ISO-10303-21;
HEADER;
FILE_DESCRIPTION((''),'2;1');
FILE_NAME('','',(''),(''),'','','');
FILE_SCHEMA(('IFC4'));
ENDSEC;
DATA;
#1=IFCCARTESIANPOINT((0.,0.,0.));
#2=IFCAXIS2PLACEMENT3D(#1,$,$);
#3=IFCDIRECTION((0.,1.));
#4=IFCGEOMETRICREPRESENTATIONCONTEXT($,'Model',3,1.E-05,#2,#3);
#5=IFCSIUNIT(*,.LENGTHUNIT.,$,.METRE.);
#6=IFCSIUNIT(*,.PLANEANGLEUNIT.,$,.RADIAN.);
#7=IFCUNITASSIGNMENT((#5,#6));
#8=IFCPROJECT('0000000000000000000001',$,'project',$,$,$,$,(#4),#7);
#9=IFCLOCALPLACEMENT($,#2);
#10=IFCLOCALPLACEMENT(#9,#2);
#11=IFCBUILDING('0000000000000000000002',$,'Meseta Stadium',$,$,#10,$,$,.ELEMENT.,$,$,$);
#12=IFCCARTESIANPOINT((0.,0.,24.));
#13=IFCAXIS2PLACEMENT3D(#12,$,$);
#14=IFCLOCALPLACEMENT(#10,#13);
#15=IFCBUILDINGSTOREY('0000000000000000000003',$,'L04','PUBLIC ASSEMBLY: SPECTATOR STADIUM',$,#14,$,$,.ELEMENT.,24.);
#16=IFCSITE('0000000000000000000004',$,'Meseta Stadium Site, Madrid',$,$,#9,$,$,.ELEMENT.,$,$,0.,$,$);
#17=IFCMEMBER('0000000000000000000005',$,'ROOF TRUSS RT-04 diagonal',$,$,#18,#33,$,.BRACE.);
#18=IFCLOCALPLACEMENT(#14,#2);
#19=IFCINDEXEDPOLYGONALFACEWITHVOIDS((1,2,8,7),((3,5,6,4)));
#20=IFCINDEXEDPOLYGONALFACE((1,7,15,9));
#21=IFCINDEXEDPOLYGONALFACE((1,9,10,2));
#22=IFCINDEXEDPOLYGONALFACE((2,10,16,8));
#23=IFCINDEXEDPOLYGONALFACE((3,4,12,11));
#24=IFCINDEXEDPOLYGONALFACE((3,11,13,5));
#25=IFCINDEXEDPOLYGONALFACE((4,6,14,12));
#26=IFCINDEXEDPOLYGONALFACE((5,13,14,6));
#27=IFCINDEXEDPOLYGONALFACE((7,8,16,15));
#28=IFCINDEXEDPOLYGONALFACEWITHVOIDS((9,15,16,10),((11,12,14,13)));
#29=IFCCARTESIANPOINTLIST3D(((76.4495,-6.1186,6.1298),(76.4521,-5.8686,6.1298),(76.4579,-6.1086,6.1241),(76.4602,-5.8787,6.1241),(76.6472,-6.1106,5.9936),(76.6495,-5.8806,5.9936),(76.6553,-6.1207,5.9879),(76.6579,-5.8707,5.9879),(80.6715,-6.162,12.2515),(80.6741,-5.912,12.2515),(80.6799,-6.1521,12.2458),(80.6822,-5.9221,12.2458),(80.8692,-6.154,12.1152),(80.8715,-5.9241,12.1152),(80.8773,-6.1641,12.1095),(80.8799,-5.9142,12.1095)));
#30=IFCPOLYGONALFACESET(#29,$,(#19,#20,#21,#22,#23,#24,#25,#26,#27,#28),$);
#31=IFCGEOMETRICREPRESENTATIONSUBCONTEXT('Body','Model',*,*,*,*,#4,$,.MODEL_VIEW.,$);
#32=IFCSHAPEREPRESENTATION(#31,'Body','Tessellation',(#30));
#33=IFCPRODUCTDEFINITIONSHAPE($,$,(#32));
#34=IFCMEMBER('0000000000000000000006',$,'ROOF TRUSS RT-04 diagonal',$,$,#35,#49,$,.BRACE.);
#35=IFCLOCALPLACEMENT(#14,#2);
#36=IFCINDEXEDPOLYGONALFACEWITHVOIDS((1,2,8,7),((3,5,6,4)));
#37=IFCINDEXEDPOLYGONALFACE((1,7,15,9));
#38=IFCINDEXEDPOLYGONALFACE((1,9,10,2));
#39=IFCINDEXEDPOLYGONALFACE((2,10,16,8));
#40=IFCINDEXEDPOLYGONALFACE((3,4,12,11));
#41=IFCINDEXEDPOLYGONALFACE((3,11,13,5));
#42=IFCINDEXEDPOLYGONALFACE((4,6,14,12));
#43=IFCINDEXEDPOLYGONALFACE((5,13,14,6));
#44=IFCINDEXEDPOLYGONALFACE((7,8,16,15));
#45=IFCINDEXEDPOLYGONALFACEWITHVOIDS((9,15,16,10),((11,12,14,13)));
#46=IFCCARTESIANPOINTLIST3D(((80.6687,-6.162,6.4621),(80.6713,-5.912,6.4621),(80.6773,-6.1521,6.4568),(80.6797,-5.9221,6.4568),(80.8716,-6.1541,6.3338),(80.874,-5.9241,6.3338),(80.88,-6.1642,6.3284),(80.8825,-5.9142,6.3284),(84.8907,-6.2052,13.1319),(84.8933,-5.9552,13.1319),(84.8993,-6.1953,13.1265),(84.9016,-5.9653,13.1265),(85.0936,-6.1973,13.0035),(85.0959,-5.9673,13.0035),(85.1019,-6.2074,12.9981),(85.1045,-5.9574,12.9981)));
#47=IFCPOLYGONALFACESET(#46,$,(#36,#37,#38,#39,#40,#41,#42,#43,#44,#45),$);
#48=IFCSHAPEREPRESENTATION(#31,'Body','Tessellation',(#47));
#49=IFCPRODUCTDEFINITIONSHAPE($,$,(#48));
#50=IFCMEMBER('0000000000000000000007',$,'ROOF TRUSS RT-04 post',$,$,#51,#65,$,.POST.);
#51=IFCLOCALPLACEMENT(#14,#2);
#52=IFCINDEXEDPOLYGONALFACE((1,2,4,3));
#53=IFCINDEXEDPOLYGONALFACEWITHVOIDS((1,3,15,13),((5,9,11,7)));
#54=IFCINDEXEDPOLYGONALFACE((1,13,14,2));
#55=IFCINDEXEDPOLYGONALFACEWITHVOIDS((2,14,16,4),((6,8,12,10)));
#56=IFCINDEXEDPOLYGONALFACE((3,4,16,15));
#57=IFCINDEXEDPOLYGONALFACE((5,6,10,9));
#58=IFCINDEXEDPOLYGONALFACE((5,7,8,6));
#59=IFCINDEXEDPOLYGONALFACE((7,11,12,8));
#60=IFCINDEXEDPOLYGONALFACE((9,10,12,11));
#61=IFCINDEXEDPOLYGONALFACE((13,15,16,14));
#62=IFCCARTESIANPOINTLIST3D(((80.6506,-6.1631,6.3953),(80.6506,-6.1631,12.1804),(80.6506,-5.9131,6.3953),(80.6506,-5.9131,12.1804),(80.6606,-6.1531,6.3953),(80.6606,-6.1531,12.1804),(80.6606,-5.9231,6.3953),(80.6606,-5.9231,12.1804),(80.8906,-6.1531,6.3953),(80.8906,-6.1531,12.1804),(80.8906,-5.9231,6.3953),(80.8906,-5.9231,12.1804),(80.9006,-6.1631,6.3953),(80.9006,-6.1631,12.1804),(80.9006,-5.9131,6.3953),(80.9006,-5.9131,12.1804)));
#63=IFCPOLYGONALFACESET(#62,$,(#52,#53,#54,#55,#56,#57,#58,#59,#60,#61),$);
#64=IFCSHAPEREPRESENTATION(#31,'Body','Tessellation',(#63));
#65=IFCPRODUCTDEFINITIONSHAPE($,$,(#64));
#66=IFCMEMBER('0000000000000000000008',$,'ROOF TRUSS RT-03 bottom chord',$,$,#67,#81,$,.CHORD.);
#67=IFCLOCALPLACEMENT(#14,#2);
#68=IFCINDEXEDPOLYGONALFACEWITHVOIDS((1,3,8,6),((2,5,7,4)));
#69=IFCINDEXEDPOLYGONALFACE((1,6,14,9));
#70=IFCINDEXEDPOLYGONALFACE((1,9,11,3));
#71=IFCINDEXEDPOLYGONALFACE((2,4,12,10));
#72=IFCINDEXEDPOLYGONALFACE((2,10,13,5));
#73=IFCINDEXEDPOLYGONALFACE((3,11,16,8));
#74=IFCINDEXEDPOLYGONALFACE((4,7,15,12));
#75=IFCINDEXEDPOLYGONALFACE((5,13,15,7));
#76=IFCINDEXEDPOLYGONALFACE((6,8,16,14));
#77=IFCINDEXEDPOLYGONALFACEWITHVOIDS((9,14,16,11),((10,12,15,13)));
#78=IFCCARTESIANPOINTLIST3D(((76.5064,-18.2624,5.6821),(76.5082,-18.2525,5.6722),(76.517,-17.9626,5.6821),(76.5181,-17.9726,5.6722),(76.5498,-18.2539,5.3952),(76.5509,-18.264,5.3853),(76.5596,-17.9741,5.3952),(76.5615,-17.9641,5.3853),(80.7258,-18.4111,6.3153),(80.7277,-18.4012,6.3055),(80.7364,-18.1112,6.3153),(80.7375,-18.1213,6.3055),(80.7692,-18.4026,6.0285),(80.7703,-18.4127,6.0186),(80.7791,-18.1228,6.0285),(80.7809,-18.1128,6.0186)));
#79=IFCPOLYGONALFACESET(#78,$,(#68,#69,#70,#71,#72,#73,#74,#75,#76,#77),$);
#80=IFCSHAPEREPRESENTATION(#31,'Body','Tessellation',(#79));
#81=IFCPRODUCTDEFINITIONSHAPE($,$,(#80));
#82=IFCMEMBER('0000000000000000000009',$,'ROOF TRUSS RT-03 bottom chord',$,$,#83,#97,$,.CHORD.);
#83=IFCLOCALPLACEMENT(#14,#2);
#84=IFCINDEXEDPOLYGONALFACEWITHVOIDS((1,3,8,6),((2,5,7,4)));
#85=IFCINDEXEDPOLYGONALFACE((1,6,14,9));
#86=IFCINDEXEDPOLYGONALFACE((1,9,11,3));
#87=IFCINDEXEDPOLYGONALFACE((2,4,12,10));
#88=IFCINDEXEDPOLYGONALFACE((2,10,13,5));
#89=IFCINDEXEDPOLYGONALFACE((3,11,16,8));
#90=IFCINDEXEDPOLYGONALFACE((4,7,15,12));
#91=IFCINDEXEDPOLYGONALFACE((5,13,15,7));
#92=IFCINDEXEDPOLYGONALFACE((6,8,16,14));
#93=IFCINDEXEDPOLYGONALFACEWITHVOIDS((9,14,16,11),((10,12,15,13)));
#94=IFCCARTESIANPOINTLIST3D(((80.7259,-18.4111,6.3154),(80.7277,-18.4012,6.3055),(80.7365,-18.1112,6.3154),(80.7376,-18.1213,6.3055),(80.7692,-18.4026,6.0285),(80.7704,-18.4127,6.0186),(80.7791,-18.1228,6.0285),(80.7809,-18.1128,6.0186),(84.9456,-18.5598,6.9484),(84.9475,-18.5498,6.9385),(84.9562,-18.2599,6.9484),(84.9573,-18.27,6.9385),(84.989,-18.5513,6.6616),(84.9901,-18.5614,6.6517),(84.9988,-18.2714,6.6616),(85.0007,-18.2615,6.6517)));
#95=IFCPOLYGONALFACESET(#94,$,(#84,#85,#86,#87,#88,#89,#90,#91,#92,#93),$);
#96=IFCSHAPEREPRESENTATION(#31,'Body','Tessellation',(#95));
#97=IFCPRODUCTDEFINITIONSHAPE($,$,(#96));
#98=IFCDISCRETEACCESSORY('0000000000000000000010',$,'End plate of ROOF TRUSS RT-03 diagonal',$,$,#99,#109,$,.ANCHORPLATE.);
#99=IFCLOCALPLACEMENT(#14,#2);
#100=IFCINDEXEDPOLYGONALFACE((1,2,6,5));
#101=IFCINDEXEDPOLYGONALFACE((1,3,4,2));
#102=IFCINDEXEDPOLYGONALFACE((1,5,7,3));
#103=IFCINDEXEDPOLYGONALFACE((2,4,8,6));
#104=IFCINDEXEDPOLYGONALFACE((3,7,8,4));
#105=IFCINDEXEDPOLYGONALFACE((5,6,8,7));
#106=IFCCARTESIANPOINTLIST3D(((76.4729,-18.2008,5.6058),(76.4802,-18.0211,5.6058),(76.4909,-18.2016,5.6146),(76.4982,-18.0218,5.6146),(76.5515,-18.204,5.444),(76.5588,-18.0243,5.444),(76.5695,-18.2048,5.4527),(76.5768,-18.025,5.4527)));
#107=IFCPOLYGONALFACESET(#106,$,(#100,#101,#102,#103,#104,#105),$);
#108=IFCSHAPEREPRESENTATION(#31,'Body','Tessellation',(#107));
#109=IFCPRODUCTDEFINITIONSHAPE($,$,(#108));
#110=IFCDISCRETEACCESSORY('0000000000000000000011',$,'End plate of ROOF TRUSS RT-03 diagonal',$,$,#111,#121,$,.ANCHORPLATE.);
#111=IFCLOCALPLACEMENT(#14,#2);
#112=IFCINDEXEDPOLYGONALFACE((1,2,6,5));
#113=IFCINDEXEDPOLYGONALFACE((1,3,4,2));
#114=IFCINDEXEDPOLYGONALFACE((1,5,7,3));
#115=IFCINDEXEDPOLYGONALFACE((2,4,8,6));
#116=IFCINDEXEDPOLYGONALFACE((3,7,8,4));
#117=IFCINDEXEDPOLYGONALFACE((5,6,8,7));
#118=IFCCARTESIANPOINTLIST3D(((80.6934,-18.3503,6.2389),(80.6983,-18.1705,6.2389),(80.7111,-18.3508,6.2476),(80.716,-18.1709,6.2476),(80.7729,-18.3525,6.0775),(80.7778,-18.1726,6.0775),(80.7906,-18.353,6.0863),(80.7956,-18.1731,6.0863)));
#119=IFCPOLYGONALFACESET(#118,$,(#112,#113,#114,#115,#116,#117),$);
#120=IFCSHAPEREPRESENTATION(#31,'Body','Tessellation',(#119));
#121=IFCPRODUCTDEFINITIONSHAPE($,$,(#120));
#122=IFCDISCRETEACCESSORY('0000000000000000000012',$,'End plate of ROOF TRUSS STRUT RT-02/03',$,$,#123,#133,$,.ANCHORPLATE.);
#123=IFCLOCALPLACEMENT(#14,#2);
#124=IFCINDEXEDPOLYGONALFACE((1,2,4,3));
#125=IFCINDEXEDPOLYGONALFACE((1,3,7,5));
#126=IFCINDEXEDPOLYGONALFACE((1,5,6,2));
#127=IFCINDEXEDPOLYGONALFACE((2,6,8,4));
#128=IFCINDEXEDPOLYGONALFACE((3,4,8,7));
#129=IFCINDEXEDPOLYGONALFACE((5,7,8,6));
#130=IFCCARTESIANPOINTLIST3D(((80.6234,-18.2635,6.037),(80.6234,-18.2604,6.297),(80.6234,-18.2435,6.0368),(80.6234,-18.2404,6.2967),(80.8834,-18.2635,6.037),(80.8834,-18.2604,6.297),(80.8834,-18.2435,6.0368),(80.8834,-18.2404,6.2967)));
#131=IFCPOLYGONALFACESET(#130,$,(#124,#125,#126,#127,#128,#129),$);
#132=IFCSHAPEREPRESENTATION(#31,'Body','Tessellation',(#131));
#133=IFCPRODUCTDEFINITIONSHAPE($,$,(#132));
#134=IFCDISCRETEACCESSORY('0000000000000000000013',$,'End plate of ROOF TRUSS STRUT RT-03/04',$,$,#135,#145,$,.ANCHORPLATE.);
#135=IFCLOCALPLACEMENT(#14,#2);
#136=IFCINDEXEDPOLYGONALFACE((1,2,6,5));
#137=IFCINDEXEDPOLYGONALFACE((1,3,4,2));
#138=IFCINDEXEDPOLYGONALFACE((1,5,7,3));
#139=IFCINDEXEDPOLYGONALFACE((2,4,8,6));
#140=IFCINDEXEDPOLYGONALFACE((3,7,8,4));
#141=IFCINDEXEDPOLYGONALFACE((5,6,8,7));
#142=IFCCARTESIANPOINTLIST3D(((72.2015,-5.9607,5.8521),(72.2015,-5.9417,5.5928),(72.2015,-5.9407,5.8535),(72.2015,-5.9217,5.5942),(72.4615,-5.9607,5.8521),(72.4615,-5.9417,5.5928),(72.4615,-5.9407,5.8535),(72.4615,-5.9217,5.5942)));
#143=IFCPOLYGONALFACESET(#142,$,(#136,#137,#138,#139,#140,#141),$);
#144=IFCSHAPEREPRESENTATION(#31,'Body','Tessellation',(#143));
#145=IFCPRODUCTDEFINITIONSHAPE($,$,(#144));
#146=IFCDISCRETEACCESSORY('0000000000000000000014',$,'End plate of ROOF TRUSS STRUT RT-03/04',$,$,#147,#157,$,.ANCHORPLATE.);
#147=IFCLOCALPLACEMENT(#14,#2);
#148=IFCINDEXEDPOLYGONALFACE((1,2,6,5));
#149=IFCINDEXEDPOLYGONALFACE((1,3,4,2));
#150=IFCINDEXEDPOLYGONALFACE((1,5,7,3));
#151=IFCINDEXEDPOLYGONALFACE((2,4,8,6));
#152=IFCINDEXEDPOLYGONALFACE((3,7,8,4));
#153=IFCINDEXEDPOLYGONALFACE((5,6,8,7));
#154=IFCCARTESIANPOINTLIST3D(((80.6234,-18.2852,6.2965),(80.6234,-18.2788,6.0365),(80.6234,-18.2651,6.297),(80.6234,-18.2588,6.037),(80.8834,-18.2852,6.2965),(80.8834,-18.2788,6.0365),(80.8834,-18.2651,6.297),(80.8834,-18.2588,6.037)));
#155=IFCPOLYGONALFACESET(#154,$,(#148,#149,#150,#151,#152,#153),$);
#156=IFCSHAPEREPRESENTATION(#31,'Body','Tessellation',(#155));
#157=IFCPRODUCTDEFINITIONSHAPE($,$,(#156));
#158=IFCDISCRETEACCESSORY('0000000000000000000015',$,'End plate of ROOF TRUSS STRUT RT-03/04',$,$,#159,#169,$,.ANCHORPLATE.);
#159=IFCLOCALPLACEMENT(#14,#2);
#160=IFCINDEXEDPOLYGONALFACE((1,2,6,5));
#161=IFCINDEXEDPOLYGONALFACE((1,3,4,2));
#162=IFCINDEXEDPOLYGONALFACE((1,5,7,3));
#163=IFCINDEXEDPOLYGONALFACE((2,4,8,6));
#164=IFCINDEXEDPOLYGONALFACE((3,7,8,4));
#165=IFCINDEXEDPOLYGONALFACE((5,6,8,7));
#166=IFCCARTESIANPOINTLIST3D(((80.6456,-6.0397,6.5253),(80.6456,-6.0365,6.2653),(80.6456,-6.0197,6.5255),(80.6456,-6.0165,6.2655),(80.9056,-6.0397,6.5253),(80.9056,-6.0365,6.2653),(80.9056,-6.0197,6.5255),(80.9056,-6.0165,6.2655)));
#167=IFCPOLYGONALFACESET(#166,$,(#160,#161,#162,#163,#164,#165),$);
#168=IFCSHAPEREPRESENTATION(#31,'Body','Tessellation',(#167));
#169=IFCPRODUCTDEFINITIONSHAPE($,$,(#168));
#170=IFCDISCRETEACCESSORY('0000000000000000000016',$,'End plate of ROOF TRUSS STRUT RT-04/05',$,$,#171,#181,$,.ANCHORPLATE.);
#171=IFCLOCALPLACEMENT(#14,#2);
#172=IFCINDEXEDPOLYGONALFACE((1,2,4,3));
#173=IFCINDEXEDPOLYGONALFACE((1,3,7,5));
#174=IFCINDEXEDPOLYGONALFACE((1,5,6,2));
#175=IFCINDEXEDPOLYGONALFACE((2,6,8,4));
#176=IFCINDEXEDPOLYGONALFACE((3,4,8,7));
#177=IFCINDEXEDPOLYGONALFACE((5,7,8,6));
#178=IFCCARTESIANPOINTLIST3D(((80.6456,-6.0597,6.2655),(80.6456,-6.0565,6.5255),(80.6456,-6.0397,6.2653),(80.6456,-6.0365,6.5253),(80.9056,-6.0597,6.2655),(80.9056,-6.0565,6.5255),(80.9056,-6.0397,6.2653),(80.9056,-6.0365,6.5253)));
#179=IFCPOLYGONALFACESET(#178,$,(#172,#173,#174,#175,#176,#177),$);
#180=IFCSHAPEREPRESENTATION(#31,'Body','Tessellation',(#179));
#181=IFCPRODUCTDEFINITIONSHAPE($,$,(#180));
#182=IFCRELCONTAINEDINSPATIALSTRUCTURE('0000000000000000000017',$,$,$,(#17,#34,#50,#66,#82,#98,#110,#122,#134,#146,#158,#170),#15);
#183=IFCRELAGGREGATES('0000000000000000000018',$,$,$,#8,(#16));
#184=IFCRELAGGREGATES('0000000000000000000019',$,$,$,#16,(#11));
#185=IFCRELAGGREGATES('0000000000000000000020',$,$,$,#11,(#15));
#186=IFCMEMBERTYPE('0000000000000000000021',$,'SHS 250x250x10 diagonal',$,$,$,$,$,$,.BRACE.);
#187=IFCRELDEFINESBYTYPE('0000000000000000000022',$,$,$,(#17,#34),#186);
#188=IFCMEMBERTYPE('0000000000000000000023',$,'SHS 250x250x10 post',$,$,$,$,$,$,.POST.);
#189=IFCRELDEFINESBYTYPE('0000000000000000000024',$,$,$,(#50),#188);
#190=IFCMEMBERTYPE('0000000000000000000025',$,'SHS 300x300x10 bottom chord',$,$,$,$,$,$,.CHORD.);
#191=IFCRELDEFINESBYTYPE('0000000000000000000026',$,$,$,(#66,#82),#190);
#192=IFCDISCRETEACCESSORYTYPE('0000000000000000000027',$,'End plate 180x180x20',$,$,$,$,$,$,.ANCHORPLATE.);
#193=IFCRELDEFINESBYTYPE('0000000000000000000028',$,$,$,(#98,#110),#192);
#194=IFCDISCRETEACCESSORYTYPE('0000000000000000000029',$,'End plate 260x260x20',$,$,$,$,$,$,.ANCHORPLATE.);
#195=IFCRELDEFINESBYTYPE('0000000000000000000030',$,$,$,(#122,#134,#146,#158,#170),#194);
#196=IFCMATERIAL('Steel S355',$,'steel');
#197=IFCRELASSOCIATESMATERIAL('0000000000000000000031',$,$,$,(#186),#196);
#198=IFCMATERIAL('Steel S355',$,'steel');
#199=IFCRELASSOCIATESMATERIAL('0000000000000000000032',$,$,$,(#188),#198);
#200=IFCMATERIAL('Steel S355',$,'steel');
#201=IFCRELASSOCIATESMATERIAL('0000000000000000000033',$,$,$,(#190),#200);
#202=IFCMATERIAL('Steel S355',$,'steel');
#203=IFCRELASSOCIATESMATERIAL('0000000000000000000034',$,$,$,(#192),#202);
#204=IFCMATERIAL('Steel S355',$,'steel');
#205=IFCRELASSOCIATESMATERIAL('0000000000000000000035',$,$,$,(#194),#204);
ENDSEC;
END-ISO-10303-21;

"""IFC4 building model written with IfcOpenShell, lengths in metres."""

from ifc_helpers import new_model, si_unit, direction, frame, origin, origin_2d, place, context, subcontext, project, spatial, rectangle, hollow_rectangle, extrude, material, material_profile, profile_set, type_object, element, save


model = new_model("IFC4")

# Units and contexts
model_context = context("Model", 3, precision=1e-05, world=origin(), true_north=direction((0.0, 1.0)))
body_context = subcontext(model_context, "Body", "Model", "MODEL_VIEW")
ifc_project = project(units=[si_unit("LENGTHUNIT", "METRE"), si_unit("PLANEANGLEUNIT", "RADIAN")], contexts=[model_context])

# Site, building, storey
site_placement = place(None, origin())
site = spatial("IfcSite", under=ifc_project, at=site_placement, Name="Meseta Stadium Site, Madrid", CompositionType="ELEMENT", RefElevation=0.0)
building_placement = place(site_placement, origin())
building = spatial("IfcBuilding", under=site, at=building_placement, Name="Meseta Stadium", CompositionType="ELEMENT")
storey_placement = place(building_placement, frame((0.0, 0.0, 24.0)))
storey = spatial("IfcBuildingStorey", under=building, at=storey_placement, Name="L04", Description="PUBLIC ASSEMBLY: SPECTATOR STADIUM", CompositionType="ELEMENT", Elevation=24.0)

# Members
ifc_material_1 = material(Name="Steel S355", Category="steel")
ifc_material_profile_1 = material_profile(ifc_material_1, hollow_rectangle(XDim=0.25, YDim=0.25, WallThickness=0.01, at=origin_2d()), Name="SHS 250x250x10")
ifc_profile_set_1 = profile_set([ifc_material_profile_1], Name="Steel S355")
member_type_1 = type_object("IfcMemberType", Name="SHS 250x250x10 diagonal", PredefinedType="BRACE", material=ifc_profile_set_1)
member_1_placement = place(storey_placement, frame((76.5537, -5.9946, 6.0588), z_axis=(0.567736, -0.005844, 0.82319), x_axis=(0.010293, 0.999947, 0.0)))
element("IfcMember", 1, at=member_1_placement, inside=storey, type_object=member_type_1, Name="ROOF TRUSS RT-04 diagonal", PredefinedType="BRACE", context=body_context, shape_type="SweptSolid", body=[
    extrude(hollow_rectangle(XDim=0.25, YDim=0.25, WallThickness=0.01, at=origin_2d()), origin(), (0.0, 0.0, 1.0), 7.4365),
])
member_2_placement = place(storey_placement, frame((80.7756, -6.0381, 6.3953), z_axis=(0.534845, -0.005474, 0.844933), x_axis=(0.010235, 0.999948, 0.0)))
element("IfcMember", 2, at=member_2_placement, inside=storey, type_object=member_type_1, Name="ROOF TRUSS RT-04 diagonal", PredefinedType="BRACE", context=body_context, shape_type="SweptSolid", body=[
    extrude(hollow_rectangle(XDim=0.25, YDim=0.25, WallThickness=0.01, at=origin_2d()), origin(), (0.0, 0.0, 1.0), 7.8938),
])
ifc_material_2 = material(Name="Steel S355", Category="steel")
ifc_material_profile_2 = material_profile(ifc_material_2, hollow_rectangle(XDim=0.25, YDim=0.25, WallThickness=0.01, at=origin_2d()), Name="SHS 250x250x10")
ifc_profile_set_2 = profile_set([ifc_material_profile_2], Name="Steel S355")
member_type_2 = type_object("IfcMemberType", Name="SHS 250x250x10 post", PredefinedType="POST", material=ifc_profile_set_2)
member_3_placement = place(storey_placement, frame((80.7756, -6.0381, 6.3953), z_axis=(0.0, 0.0, 1.0), x_axis=(1.0, 0.0, 0.0)))
element("IfcMember", 3, at=member_3_placement, inside=storey, type_object=member_type_2, Name="ROOF TRUSS RT-04 post", PredefinedType="POST", context=body_context, shape_type="SweptSolid", body=[
    extrude(hollow_rectangle(XDim=0.25, YDim=0.25, WallThickness=0.01, at=origin_2d()), origin(), (0.0, 0.0, 1.0), 5.7852),
])
ifc_material_3 = material(Name="Steel S355", Category="steel")
ifc_material_profile_3 = material_profile(ifc_material_3, hollow_rectangle(XDim=0.3, YDim=0.3, WallThickness=0.01, at=origin_2d()), Name="SHS 300x300x10")
ifc_profile_set_3 = profile_set([ifc_material_profile_3], Name="Steel S355")
member_type_3 = type_object("IfcMemberType", Name="SHS 300x300x10 bottom chord", PredefinedType="CHORD", material=ifc_profile_set_3)
member_4_placement = place(storey_placement, frame((76.5339, -18.1133, 5.5337), z_axis=(0.988323, -0.034825, 0.148337), x_axis=(0.035215, 0.99938, 0.0)))
element("IfcMember", 4, at=member_4_placement, inside=storey, type_object=member_type_3, Name="ROOF TRUSS RT-03 bottom chord", PredefinedType="CHORD", context=body_context, shape_type="SweptSolid", body=[
    extrude(hollow_rectangle(XDim=0.3, YDim=0.3, WallThickness=0.01, at=origin_2d()), origin(), (0.0, 0.0, 1.0), 4.2693),
])
member_5_placement = place(storey_placement, frame((80.7534, -18.262, 6.167), z_axis=(0.988333, -0.034824, 0.148273), x_axis=(0.035213, 0.99938, 0.0)))
element("IfcMember", 5, at=member_5_placement, inside=storey, type_object=member_type_3, Name="ROOF TRUSS RT-03 bottom chord", PredefinedType="CHORD", context=body_context, shape_type="SweptSolid", body=[
    extrude(hollow_rectangle(XDim=0.3, YDim=0.3, WallThickness=0.01, at=origin_2d()), origin(), (0.0, 0.0, 1.0), 4.2695),
])

# Discrete accessories
ifc_material_4 = material(Name="Steel S355", Category="steel")
ifc_material_profile_4 = material_profile(ifc_material_4, rectangle(XDim=0.1799, YDim=0.1799, at=origin_2d()), Name="PL 180x180")
ifc_profile_set_4 = profile_set([ifc_material_profile_4], Name="Steel S355")
discrete_accessory_type_1 = type_object("IfcDiscreteAccessoryType", Name="End plate 180x180x20", PredefinedType="ANCHORPLATE", material=ifc_profile_set_4)
discrete_accessory_1_placement = place(storey_placement, frame((76.5159, -18.1125, 5.5249), z_axis=(0.898638, -0.036431, 0.437175), x_axis=(0.040507, 0.999179, 0.0)))
element("IfcDiscreteAccessory", 6, at=discrete_accessory_1_placement, inside=storey, type_object=discrete_accessory_type_1, Name="End plate of ROOF TRUSS RT-03 diagonal", PredefinedType="ANCHORPLATE", context=body_context, shape_type="SweptSolid", body=[
    extrude(rectangle(XDim=0.1799, YDim=0.1799, at=origin_2d()), origin(), (0.0, 0.0, 1.0), 0.02),
])
discrete_accessory_2_placement = place(storey_placement, frame((80.7356, -18.2615, 6.1582), z_axis=(0.8966, -0.024564, 0.442159), x_axis=(0.027387, 0.999625, 0.0)))
element("IfcDiscreteAccessory", 7, at=discrete_accessory_2_placement, inside=storey, type_object=discrete_accessory_type_1, Name="End plate of ROOF TRUSS RT-03 diagonal", PredefinedType="ANCHORPLATE", context=body_context, shape_type="SweptSolid", body=[
    extrude(rectangle(XDim=0.1799, YDim=0.1799, at=origin_2d()), origin(), (0.0, 0.0, 1.0), 0.0198),
])
ifc_material_5 = material(Name="Steel S355", Category="steel")
ifc_material_profile_5 = material_profile(ifc_material_5, rectangle(XDim=0.26, YDim=0.26, at=origin_2d()), Name="PL 260x260")
ifc_profile_set_5 = profile_set([ifc_material_profile_5], Name="Steel S355")
discrete_accessory_type_2 = type_object("IfcDiscreteAccessoryType", Name="End plate 260x260x20", PredefinedType="ANCHORPLATE", material=ifc_profile_set_5)
for number, where, z_axis, x_axis, name in (
    (8, (80.7534, -18.262, 6.167), (0.0, 0.999926, -0.012194), (-1.0, 0.0, 0.0), "End plate of ROOF TRUSS STRUT RT-02/03"),
    (9, (72.3315, -5.9512, 5.7224), (0.0, 0.997334, 0.072976), (-1.0, 0.0, 0.0), "End plate of ROOF TRUSS STRUT RT-03/04"),
    (10, (80.7534, -18.282, 6.1665), (0.0, 0.999703, 0.024383), (-1.0, 0.0, 0.0), "End plate of ROOF TRUSS STRUT RT-03/04"),
    (11, (80.7756, -6.0381, 6.3953), (0.0, 0.999926, 0.012194), (-1.0, 0.0, 0.0), "End plate of ROOF TRUSS STRUT RT-03/04"),
    (12, (80.7756, -6.0581, 6.3955), (0.0, 0.999926, -0.012194), (-1.0, 0.0, 0.0), "End plate of ROOF TRUSS STRUT RT-04/05"),
):
    element("IfcDiscreteAccessory", number, at=place(storey_placement, frame(where, z_axis=z_axis, x_axis=x_axis)), inside=storey, type_object=discrete_accessory_type_2, Name=name, PredefinedType="ANCHORPLATE", context=body_context, shape_type="SweptSolid", body=[
        extrude(rectangle(XDim=0.26, YDim=0.26, at=origin_2d()), origin(), (0.0, 0.0, 1.0), 0.02),
    ])

save(model, "model.ifc")
